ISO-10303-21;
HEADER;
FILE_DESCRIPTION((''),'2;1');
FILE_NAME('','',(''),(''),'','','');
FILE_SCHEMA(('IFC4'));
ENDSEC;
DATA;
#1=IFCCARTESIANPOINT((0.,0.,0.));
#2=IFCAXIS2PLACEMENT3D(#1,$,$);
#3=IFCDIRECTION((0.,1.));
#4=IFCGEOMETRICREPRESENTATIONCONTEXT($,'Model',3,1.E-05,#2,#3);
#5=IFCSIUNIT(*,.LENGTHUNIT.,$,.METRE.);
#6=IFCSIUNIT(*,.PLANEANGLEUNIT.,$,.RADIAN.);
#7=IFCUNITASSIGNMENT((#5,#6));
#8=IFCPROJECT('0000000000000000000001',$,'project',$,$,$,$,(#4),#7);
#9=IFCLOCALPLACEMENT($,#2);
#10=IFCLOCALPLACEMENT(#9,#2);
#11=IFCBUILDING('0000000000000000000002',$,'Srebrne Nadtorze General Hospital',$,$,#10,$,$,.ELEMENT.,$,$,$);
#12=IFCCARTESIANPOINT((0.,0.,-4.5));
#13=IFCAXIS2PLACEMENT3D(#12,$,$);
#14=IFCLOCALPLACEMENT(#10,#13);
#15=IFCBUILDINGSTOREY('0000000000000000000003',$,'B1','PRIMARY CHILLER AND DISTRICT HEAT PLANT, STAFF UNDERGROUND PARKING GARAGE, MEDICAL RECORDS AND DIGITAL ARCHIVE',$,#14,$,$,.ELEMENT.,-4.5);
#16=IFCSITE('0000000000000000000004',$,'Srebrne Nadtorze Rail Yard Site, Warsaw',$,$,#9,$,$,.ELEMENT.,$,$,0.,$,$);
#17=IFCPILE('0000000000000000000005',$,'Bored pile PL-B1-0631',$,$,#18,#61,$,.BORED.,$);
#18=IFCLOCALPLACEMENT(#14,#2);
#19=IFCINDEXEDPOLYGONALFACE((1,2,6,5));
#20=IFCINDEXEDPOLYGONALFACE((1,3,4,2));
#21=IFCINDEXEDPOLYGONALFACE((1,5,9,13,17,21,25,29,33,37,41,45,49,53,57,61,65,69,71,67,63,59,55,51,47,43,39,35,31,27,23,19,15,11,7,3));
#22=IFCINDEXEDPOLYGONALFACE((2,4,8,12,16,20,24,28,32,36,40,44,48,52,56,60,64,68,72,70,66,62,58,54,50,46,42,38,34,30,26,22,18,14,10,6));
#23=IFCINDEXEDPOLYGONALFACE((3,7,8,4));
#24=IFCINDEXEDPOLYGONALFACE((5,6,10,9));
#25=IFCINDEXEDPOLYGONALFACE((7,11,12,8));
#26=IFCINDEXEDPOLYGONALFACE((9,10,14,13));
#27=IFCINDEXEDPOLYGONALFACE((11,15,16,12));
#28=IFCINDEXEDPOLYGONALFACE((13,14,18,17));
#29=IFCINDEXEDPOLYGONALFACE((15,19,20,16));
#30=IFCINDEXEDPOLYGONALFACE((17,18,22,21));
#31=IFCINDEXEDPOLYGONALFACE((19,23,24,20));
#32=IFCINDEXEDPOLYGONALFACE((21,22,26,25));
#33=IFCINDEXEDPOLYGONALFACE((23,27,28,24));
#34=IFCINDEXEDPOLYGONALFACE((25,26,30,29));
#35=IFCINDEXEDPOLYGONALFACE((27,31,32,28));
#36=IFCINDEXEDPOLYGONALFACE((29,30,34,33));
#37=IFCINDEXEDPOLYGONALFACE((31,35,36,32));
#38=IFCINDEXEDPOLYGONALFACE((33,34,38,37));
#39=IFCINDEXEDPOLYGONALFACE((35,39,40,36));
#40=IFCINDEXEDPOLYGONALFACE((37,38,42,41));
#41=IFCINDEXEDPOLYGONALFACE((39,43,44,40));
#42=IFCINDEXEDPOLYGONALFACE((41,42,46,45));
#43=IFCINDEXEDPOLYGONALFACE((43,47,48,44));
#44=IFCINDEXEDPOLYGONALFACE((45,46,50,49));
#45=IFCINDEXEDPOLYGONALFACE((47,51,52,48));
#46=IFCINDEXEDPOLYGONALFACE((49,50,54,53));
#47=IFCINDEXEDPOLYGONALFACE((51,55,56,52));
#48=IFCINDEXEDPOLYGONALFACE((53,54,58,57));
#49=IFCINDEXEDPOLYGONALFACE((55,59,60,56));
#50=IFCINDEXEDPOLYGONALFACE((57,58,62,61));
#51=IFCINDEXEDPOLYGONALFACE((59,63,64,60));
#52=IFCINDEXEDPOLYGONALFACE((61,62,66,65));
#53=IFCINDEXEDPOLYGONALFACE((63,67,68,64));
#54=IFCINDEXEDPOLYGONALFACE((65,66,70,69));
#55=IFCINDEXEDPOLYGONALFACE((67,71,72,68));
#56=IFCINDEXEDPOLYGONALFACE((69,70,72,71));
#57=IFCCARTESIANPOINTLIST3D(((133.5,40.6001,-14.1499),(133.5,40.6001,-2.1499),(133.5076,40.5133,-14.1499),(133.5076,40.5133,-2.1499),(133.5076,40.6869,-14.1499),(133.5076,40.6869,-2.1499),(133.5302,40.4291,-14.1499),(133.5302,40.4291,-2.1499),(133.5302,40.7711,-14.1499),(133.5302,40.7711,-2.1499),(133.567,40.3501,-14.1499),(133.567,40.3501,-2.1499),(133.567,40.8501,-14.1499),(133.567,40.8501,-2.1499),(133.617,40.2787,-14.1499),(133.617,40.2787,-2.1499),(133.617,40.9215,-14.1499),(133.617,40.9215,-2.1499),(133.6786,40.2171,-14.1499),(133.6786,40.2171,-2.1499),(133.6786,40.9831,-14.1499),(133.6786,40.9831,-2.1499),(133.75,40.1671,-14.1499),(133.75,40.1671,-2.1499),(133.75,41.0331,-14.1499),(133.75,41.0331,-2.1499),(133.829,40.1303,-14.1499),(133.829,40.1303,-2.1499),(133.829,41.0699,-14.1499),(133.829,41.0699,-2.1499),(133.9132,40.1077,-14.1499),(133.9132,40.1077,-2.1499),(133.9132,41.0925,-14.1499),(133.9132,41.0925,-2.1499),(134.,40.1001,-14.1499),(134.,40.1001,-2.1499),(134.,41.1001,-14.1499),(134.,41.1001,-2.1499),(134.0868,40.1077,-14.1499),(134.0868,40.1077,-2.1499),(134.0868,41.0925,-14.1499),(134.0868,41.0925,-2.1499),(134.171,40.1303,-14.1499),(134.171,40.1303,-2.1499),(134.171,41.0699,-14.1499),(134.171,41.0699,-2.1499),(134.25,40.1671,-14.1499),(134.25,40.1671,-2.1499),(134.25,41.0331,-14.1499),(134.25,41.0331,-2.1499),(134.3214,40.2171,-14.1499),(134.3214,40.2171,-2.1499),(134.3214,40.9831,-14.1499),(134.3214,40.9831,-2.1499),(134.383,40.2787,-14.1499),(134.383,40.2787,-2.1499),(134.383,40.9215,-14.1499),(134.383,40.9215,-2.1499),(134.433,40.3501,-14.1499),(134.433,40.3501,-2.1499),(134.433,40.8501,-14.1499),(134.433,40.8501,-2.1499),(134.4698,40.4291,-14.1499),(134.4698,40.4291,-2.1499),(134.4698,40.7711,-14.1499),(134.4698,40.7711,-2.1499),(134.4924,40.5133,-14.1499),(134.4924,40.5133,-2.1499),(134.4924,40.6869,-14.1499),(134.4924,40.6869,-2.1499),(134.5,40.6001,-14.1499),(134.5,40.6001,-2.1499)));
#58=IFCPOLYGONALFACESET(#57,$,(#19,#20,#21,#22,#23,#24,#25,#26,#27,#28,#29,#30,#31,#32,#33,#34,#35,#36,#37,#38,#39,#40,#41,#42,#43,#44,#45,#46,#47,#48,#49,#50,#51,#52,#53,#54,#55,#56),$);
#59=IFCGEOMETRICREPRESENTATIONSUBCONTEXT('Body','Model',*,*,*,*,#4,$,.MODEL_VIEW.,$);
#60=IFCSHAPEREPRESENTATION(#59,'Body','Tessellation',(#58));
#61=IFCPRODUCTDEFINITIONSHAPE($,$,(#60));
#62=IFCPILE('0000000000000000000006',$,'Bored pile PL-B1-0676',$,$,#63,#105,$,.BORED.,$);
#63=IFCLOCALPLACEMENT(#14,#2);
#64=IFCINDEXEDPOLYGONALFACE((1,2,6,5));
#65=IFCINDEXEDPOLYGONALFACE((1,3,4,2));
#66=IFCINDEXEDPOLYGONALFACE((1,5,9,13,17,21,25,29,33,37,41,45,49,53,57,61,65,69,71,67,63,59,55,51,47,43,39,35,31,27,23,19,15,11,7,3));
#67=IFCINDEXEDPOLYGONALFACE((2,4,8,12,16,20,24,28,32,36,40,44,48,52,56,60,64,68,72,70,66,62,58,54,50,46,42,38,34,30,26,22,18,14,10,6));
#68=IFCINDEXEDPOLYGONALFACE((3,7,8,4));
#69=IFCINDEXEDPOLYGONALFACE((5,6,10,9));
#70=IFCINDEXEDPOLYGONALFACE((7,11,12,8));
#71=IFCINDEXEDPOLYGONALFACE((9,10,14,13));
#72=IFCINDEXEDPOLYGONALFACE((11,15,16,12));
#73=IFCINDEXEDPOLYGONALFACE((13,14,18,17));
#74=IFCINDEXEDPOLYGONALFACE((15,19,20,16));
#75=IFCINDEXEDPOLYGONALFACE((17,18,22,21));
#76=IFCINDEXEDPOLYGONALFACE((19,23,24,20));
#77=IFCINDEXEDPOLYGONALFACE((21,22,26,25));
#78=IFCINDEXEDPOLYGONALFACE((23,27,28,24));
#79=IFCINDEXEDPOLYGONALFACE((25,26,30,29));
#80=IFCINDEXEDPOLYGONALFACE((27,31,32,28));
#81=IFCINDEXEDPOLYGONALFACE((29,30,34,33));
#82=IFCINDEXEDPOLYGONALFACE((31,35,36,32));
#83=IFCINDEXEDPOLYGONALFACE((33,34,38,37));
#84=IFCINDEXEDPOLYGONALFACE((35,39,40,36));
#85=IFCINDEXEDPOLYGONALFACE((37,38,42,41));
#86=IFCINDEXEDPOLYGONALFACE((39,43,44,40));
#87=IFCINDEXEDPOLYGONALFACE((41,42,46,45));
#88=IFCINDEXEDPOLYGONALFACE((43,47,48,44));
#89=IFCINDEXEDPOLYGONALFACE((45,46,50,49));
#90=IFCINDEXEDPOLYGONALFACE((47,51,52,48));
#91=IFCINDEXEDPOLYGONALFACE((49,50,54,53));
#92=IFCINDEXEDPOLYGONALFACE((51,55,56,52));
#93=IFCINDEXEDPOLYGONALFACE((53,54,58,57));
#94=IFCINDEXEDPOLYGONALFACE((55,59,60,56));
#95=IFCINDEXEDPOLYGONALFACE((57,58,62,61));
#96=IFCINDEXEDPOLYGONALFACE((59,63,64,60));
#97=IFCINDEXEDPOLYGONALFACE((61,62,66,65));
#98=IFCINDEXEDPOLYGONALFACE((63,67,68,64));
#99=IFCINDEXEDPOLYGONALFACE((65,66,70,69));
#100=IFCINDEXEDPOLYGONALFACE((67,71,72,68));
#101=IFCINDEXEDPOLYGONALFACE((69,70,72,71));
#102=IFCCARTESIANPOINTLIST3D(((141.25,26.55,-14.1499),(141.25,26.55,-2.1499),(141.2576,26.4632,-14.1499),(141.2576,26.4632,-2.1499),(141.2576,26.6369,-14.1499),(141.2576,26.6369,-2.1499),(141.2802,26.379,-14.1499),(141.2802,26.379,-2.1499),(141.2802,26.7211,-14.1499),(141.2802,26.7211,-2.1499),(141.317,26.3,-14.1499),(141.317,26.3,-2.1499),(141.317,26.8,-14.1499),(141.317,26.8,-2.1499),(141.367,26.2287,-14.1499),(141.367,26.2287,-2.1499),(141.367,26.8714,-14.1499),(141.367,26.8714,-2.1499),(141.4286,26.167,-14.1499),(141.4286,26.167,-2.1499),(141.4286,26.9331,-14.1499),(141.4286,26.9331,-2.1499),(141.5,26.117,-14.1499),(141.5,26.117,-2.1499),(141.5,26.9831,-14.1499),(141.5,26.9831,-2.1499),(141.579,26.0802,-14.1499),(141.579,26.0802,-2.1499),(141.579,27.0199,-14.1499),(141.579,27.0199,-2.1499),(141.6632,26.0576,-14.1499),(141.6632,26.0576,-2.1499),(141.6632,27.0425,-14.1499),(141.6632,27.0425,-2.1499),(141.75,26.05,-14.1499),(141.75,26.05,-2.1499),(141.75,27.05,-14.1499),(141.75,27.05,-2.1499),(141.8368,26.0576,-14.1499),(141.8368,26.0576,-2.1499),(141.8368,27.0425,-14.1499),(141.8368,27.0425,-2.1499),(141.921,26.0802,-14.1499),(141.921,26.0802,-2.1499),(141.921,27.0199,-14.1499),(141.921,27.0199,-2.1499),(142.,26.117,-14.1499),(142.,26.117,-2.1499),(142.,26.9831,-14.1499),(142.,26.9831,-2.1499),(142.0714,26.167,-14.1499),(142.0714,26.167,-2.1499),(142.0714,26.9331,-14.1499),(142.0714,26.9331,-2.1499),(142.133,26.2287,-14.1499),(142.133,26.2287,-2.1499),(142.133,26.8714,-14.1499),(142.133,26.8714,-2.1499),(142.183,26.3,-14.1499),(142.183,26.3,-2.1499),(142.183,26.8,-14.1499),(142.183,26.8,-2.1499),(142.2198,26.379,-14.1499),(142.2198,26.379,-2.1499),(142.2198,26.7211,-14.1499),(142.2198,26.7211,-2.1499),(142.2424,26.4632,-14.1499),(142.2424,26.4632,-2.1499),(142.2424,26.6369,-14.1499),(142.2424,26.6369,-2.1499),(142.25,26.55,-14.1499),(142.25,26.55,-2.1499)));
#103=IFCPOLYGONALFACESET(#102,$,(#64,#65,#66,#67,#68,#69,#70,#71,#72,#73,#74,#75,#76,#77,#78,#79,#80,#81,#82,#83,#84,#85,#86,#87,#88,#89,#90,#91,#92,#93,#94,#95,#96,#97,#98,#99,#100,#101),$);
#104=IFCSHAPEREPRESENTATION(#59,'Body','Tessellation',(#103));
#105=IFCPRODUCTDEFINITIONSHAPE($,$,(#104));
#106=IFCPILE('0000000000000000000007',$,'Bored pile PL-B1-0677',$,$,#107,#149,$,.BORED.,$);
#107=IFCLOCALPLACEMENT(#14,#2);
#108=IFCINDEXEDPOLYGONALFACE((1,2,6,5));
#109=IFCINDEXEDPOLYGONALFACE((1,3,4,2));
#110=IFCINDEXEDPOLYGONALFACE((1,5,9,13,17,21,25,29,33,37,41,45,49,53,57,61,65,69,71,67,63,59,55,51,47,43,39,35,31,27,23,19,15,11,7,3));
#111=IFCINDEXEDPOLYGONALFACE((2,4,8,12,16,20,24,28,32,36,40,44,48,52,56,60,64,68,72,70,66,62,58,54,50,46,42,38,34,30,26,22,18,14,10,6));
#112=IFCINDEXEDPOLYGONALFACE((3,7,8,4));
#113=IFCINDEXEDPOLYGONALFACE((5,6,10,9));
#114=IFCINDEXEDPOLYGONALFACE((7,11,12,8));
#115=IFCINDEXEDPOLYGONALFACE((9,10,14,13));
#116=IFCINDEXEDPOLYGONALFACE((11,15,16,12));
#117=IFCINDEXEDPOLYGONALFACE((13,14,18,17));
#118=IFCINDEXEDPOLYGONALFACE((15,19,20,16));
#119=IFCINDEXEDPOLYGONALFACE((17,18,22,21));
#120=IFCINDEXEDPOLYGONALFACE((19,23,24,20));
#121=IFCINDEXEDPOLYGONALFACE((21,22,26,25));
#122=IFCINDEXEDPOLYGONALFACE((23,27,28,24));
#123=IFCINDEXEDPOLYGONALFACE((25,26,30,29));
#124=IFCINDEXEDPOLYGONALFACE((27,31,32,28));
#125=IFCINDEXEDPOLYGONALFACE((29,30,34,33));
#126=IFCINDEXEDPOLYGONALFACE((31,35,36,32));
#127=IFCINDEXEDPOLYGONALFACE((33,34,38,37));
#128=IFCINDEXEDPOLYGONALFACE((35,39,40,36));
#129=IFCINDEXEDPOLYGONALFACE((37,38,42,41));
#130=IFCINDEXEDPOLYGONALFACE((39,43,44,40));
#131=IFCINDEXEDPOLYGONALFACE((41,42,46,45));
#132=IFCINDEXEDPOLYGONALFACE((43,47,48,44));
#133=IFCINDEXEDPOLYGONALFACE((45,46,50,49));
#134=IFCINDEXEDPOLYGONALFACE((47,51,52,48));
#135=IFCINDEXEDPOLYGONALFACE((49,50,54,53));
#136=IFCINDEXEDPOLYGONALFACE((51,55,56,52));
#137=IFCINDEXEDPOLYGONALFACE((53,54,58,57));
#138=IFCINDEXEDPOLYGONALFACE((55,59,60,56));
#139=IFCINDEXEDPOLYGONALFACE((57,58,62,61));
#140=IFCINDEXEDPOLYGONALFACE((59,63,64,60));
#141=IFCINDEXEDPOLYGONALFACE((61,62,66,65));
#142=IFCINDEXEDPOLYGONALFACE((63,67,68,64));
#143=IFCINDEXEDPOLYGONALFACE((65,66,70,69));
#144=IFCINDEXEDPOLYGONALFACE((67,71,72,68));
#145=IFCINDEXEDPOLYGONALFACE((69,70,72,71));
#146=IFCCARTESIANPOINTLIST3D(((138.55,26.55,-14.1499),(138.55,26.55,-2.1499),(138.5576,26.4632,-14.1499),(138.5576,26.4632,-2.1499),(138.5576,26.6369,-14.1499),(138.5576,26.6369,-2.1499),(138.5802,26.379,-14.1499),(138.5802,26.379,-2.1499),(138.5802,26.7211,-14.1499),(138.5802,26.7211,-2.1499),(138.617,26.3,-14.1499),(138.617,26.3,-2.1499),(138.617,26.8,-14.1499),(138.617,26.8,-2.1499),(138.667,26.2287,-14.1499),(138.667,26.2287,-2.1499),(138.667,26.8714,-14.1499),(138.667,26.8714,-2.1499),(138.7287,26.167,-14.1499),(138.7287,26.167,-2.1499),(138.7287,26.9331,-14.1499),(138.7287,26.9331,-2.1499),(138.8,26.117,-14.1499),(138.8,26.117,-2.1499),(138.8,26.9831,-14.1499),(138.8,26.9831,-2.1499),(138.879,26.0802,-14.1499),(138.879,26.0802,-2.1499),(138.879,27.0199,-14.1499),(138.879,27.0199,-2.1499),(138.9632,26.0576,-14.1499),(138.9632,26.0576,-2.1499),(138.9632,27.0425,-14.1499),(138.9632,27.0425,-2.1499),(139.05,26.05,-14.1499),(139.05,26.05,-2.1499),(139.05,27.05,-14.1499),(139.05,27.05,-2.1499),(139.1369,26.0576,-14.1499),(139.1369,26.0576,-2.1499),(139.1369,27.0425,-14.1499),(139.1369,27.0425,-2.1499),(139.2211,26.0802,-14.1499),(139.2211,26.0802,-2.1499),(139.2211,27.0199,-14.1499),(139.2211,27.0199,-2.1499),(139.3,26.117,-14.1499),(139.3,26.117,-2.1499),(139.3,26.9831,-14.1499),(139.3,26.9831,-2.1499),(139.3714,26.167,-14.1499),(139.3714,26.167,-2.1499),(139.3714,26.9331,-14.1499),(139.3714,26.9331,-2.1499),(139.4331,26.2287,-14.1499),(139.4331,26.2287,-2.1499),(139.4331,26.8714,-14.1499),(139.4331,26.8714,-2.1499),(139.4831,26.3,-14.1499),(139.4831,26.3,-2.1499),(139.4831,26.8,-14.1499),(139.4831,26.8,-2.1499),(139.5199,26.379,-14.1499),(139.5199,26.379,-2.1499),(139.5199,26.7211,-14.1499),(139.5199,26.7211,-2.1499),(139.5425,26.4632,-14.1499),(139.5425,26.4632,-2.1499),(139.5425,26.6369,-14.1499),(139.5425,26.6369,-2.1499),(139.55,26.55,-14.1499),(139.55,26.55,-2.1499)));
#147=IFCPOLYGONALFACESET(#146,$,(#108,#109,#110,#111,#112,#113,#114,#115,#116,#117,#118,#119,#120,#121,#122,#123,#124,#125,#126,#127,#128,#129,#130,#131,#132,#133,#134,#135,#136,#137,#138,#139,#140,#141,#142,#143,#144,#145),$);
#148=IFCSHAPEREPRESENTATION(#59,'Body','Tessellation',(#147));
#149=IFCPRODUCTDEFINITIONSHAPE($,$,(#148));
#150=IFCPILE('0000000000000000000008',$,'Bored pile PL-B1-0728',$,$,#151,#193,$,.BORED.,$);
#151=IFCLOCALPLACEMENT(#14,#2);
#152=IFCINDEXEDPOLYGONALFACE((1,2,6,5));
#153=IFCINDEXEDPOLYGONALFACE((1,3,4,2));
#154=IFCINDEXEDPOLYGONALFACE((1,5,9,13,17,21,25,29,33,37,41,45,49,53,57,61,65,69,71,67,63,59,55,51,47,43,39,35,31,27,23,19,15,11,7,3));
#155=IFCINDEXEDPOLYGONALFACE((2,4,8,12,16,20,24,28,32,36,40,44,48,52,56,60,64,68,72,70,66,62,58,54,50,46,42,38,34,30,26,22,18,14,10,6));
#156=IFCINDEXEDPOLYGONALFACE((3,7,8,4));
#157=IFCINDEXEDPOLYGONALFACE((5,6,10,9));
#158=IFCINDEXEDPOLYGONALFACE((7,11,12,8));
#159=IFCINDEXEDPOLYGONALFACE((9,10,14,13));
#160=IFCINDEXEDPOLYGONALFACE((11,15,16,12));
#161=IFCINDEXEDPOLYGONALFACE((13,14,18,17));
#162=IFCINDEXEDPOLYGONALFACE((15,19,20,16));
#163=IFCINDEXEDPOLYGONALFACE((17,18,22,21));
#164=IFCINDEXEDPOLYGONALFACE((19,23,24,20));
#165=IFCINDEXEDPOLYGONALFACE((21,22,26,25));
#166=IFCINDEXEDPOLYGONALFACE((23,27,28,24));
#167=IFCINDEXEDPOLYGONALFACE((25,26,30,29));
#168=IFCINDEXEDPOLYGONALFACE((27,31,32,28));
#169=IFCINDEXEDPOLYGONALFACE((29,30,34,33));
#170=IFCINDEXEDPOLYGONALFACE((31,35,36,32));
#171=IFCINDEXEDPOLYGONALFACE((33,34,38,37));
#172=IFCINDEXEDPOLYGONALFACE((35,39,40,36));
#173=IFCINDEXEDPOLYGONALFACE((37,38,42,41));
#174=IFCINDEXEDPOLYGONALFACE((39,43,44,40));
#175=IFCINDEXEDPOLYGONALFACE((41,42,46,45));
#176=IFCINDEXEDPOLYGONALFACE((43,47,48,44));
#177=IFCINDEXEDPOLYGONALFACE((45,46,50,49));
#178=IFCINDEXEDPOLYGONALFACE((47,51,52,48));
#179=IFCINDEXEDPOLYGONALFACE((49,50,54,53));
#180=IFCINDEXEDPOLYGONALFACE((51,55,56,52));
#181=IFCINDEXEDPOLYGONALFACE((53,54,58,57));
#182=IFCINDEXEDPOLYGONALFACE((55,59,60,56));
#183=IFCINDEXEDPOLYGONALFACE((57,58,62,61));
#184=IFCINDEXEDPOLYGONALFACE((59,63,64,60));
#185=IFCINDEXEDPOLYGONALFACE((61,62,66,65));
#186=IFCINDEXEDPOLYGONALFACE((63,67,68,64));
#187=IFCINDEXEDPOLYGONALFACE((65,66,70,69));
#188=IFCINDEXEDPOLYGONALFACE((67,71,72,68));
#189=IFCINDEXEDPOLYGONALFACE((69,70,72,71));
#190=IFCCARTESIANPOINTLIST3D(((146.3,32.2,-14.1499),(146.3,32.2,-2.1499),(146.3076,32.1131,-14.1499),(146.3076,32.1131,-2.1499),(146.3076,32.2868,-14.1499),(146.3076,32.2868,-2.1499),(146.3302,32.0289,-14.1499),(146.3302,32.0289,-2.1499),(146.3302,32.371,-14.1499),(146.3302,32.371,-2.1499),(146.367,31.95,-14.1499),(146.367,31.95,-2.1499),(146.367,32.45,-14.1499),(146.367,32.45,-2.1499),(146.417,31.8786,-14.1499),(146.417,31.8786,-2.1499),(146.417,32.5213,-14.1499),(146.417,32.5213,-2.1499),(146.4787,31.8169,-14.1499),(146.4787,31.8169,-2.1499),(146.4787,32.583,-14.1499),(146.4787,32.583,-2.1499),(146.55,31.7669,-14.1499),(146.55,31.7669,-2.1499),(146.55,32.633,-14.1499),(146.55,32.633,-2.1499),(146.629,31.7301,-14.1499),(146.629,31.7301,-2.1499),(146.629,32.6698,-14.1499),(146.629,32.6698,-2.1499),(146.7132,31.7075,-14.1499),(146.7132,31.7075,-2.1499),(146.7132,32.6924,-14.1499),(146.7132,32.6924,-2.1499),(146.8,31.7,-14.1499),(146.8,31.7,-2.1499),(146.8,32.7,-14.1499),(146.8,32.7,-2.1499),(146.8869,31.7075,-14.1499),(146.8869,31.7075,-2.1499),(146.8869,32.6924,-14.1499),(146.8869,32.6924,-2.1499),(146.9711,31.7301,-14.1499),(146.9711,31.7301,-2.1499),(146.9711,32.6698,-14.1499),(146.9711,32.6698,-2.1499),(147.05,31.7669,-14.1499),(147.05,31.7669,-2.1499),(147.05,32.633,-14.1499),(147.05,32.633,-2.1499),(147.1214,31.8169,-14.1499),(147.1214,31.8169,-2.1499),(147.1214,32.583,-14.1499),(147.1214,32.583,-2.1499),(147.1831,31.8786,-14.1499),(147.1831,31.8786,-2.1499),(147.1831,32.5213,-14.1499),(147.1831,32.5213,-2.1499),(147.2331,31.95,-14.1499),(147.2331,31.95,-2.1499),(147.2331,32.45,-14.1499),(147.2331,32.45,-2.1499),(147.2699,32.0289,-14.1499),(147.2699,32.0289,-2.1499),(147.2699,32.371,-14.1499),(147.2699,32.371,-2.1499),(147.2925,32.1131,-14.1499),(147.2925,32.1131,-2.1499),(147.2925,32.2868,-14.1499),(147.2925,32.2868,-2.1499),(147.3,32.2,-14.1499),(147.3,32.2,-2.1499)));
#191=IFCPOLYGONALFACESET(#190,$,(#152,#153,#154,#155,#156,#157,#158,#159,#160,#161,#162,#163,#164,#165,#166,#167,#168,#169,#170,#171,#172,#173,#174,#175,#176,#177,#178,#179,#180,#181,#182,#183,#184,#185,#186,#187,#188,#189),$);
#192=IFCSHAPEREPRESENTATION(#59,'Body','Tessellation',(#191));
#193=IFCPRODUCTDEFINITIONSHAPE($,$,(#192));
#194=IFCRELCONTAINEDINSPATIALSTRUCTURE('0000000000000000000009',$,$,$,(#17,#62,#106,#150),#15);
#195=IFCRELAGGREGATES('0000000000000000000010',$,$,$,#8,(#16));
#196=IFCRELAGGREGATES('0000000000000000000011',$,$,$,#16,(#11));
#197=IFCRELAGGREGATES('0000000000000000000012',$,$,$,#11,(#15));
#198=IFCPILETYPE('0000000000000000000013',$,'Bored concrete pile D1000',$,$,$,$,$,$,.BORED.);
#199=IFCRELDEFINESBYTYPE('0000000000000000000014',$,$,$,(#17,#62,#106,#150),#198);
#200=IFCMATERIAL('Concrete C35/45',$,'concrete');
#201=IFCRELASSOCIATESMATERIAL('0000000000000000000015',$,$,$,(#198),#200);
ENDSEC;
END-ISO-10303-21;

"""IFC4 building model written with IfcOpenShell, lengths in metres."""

from ifc_helpers import new_model, si_unit, direction, frame, origin, origin_2d, place, context, subcontext, project, spatial, circle, extrude, material, material_profile, profile_set, type_object, element, save


model = new_model("IFC4")

# Units and contexts
model_context = context("Model", 3, precision=1e-05, world=origin(), true_north=direction((0.0, 1.0)))
body_context = subcontext(model_context, "Body", "Model", "MODEL_VIEW")
ifc_project = project(units=[si_unit("LENGTHUNIT", "METRE"), si_unit("PLANEANGLEUNIT", "RADIAN")], contexts=[model_context])

# Site, building, storey
site_placement = place(None, origin())
site = spatial("IfcSite", under=ifc_project, at=site_placement, Name="Srebrne Nadtorze Rail Yard Site, Warsaw", CompositionType="ELEMENT", RefElevation=0.0)
building_placement = place(site_placement, origin())
building = spatial("IfcBuilding", under=site, at=building_placement, Name="Srebrne Nadtorze General Hospital", CompositionType="ELEMENT")
storey_placement = place(building_placement, frame((0.0, 0.0, -4.5)))
storey = spatial("IfcBuildingStorey", under=building, at=storey_placement, Name="B1", Description="PRIMARY CHILLER AND DISTRICT HEAT PLANT, STAFF UNDERGROUND PARKING GARAGE, MEDICAL RECORDS AND DIGITAL ARCHIVE", CompositionType="ELEMENT", Elevation=-4.5)

# Piles
ifc_material_1 = material(Name="Concrete C35/45", Category="concrete")
ifc_material_profile_1 = material_profile(ifc_material_1, circle(Radius=0.5, at=origin_2d()), Name="PILE-D1000")
ifc_profile_set_1 = profile_set([ifc_material_profile_1], Name="Concrete C35/45")
pile_type_1 = type_object("IfcPileType", Name="Bored concrete pile D1000", PredefinedType="BORED", material=ifc_profile_set_1)
for number, where, z_axis, x_axis, name in (
    (1, (134.0, 40.6001, -2.1499), (0.0, 0.0, -1.0), (1.0, 0.0, 0.0), "Bored pile PL-B1-0631"),
    (2, (141.75, 26.55, -2.1499), (0.0, 0.0, -1.0), (1.0, 0.0, 0.0), "Bored pile PL-B1-0676"),
    (3, (139.05, 26.55, -2.1499), (0.0, 0.0, -1.0), (1.0, 0.0, 0.0), "Bored pile PL-B1-0677"),
    (4, (146.8, 32.2, -2.1499), (0.0, 0.0, -1.0), (1.0, 0.0, 0.0), "Bored pile PL-B1-0728"),
):
    element("IfcPile", number, at=place(storey_placement, frame(where, z_axis=z_axis, x_axis=x_axis)), inside=storey, type_object=pile_type_1, Name=name, PredefinedType="BORED", context=body_context, shape_type="SweptSolid", body=[
        extrude(circle(Radius=0.5, at=origin_2d()), origin(), (0.0, 0.0, 1.0), 12.0),
    ])

save(model, "model.ifc")
